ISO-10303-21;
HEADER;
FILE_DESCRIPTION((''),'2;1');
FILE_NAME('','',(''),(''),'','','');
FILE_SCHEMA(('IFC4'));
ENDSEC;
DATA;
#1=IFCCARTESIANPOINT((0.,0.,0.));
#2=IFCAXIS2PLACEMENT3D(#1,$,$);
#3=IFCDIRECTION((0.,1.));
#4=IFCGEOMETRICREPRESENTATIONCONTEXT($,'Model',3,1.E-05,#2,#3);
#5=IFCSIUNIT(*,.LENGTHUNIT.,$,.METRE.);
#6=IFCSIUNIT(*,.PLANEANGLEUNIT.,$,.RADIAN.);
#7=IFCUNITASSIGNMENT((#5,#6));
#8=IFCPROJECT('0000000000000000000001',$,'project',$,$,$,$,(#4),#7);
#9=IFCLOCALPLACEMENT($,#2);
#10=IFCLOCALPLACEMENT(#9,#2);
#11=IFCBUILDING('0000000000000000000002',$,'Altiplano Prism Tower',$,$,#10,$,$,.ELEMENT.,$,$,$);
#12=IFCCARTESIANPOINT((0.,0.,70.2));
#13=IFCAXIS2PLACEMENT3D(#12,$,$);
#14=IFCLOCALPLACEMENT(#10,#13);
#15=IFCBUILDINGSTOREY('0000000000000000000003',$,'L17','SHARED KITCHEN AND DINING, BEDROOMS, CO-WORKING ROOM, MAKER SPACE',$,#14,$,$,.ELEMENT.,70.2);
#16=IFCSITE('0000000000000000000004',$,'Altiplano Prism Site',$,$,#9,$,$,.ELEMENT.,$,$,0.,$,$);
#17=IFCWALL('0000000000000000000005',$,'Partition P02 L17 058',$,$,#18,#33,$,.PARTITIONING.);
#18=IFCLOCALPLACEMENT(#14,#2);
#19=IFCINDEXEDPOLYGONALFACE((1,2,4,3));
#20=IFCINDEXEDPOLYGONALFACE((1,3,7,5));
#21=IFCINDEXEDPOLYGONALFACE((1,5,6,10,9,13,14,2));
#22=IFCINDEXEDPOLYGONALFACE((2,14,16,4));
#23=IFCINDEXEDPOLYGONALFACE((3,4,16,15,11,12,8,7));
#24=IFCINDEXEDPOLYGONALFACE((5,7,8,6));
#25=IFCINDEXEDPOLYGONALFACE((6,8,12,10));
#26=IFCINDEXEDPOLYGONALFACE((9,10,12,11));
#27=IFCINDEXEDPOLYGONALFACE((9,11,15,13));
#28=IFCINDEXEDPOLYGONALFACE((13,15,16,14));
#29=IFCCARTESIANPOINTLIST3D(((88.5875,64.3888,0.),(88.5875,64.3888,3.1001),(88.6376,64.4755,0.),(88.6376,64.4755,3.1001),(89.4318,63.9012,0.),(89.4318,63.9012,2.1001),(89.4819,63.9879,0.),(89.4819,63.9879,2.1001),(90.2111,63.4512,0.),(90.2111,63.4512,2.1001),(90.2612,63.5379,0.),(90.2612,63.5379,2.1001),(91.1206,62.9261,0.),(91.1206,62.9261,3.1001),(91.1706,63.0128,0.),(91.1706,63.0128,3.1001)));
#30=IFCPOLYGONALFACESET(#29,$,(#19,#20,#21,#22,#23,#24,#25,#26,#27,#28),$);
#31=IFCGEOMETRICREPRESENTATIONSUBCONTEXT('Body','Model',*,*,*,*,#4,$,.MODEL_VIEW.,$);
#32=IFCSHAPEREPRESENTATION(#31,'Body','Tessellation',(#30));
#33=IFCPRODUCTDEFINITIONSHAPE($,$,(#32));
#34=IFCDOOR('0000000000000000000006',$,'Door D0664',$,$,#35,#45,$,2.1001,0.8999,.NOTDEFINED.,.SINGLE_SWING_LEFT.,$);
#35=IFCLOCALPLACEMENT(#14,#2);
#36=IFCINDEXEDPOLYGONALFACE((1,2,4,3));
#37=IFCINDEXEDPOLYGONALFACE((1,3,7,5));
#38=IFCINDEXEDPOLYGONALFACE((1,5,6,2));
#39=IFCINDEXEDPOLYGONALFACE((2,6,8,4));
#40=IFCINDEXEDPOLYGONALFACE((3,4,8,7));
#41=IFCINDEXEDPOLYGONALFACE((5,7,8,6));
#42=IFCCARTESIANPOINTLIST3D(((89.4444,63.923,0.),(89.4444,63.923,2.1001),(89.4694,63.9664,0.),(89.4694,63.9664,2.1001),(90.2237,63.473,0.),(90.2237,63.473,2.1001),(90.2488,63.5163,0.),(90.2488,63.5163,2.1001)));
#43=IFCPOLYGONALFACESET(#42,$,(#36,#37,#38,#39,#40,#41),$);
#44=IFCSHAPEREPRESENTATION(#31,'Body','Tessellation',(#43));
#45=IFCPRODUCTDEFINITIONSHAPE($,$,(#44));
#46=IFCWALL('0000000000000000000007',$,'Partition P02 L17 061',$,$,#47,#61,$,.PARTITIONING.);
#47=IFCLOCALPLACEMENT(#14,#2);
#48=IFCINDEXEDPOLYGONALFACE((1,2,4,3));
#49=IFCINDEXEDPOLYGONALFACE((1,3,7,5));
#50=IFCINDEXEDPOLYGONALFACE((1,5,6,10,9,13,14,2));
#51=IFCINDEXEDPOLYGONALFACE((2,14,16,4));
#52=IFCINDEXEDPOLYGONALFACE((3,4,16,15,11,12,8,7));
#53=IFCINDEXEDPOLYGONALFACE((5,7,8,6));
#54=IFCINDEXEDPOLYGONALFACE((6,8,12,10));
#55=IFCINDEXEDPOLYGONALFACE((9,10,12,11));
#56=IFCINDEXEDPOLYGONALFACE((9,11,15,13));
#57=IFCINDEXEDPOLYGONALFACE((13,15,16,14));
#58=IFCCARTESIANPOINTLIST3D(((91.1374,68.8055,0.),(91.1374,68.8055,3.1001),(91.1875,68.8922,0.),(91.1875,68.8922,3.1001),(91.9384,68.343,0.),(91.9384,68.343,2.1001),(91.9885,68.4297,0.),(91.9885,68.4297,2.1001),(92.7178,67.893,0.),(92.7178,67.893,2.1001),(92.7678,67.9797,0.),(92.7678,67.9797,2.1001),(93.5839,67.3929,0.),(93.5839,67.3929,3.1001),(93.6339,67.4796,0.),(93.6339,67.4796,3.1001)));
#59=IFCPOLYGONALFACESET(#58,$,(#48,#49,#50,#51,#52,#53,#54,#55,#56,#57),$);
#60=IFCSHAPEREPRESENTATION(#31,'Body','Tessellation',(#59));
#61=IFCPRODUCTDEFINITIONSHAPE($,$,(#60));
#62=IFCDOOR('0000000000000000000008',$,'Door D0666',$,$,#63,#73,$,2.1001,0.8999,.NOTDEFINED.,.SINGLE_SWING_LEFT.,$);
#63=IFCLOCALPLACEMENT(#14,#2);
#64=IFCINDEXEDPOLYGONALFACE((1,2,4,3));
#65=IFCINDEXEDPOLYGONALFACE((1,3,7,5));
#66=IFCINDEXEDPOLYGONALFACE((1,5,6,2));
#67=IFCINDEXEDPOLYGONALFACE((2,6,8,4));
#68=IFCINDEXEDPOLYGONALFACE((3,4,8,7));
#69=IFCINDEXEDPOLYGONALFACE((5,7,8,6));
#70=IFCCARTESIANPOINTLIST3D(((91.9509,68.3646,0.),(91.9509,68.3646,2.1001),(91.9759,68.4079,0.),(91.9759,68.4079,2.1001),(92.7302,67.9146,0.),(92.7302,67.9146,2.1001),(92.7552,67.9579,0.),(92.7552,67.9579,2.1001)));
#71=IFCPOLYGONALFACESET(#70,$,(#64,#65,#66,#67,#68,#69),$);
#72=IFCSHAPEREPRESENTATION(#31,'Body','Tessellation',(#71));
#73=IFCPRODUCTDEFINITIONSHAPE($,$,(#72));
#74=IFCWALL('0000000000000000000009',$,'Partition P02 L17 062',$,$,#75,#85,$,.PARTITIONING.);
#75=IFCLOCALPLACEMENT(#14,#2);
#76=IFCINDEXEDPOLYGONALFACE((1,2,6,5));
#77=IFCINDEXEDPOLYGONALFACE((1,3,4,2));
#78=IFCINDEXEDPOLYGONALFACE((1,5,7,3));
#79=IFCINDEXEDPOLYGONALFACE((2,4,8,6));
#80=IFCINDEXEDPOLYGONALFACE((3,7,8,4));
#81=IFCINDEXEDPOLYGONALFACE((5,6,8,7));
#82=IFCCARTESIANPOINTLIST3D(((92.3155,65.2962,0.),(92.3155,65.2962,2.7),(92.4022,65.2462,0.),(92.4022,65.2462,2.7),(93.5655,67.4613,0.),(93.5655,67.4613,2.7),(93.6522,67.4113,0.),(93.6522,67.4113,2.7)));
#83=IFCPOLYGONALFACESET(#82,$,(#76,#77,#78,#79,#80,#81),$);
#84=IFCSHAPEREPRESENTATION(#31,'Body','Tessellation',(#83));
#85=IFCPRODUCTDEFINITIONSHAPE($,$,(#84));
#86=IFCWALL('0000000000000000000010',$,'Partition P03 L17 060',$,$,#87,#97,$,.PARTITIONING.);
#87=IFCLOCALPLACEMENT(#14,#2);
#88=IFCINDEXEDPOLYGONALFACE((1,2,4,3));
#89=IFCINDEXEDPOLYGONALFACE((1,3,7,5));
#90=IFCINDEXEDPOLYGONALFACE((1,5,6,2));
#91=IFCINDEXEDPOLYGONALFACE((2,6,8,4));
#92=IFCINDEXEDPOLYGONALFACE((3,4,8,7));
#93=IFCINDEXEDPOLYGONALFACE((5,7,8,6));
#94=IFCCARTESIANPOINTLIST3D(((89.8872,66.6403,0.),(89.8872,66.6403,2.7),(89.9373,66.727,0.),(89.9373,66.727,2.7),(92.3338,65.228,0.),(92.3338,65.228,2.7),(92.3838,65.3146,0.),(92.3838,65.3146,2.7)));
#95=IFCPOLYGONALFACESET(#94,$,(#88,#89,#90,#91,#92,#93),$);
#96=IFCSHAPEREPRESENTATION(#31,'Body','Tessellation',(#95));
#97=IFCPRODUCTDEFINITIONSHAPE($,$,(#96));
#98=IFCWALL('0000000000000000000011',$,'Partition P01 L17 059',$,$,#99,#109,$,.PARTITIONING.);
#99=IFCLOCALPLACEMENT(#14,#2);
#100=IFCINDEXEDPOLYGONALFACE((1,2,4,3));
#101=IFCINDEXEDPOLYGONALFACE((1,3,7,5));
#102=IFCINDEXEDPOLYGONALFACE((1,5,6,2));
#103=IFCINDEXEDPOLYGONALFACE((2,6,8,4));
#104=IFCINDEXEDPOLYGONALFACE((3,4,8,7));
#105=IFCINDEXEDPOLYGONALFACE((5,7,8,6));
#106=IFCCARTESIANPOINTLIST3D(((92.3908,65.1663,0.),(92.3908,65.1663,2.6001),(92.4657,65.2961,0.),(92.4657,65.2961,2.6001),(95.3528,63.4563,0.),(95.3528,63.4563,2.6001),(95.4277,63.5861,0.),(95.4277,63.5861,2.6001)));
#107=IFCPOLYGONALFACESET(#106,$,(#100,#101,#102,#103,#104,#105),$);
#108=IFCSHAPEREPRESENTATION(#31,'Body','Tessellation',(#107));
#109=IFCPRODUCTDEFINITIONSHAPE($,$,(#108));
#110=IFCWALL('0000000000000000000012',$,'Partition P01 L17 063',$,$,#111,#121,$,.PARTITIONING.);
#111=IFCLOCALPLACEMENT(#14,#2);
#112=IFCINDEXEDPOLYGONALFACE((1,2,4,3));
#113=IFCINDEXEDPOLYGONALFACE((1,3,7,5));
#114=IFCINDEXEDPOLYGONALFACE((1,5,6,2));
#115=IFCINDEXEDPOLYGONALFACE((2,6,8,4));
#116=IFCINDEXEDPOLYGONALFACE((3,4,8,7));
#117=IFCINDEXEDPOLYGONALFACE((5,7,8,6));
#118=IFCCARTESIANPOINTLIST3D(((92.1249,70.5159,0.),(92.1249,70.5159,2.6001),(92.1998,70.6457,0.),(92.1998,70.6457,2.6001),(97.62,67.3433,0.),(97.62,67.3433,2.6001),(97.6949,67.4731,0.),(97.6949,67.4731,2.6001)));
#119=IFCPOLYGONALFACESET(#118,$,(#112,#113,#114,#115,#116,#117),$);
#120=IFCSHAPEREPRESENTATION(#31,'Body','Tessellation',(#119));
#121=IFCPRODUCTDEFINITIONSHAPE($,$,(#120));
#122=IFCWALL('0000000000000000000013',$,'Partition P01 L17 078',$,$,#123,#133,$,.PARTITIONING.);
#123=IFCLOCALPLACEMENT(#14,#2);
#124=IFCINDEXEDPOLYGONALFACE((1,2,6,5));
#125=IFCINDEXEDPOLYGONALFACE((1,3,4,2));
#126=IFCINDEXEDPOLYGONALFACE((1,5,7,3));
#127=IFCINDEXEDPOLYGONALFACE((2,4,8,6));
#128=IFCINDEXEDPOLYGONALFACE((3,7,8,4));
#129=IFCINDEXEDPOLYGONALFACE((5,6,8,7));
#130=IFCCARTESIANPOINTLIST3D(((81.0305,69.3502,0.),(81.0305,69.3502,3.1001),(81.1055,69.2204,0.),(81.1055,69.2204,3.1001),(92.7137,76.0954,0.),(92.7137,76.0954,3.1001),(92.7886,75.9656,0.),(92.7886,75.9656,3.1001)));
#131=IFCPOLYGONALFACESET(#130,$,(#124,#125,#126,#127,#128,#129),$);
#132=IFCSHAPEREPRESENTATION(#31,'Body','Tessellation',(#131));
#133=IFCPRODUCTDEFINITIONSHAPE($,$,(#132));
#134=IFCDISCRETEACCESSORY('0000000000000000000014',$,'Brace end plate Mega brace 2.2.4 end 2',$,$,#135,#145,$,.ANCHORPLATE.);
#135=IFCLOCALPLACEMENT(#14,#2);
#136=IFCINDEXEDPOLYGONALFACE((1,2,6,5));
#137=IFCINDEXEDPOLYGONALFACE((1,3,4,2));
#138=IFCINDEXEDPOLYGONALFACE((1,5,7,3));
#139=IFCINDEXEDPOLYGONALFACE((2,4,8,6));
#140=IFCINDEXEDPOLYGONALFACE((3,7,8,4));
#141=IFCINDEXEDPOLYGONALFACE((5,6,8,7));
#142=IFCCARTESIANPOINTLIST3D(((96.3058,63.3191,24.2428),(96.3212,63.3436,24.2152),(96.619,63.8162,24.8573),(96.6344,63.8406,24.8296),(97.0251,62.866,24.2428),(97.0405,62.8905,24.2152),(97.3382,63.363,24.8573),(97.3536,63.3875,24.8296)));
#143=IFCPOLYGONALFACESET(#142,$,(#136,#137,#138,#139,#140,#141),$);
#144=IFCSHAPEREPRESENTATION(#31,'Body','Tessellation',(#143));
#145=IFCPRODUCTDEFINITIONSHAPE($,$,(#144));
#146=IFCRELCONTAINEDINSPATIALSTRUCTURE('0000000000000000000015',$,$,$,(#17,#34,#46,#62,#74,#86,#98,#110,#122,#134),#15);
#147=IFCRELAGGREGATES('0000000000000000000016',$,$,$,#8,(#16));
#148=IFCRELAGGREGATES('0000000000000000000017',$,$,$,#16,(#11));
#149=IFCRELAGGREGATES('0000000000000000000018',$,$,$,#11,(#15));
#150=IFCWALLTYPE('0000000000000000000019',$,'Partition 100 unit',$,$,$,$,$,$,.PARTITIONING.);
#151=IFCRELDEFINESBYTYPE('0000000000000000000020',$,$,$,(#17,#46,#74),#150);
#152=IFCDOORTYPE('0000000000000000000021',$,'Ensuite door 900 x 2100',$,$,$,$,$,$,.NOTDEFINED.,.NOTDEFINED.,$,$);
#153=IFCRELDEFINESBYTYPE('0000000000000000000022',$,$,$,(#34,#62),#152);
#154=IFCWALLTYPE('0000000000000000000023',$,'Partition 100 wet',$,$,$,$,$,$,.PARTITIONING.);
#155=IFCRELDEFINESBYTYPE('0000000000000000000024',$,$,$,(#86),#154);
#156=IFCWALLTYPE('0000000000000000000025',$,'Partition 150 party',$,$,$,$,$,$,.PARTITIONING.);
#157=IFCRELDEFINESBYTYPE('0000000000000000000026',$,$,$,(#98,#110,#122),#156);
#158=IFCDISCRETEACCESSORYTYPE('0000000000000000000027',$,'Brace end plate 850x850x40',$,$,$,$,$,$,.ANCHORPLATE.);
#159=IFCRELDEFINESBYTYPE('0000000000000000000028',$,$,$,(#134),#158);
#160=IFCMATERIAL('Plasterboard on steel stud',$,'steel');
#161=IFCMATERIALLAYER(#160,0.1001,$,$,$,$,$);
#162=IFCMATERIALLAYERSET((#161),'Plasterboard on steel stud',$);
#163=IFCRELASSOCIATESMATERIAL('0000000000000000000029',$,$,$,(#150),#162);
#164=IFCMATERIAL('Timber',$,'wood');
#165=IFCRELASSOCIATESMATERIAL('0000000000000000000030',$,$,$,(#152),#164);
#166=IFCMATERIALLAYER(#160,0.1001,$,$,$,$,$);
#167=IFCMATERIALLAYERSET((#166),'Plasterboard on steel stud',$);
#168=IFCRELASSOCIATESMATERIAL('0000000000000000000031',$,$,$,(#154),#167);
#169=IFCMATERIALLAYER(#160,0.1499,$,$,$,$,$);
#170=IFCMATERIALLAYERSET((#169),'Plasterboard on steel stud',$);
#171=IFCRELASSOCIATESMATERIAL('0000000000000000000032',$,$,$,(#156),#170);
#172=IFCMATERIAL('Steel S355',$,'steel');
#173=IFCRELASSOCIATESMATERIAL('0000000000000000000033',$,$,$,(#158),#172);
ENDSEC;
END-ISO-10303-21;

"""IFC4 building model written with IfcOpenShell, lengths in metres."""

from ifc_helpers import new_model, si_unit, direction, frame, frame_2d, origin, origin_2d, place, context, subcontext, project, spatial, rectangle, extrude, material, layer, layer_set, material_profile, profile_set, type_object, element, fill, save


model = new_model("IFC4")

# Units and contexts
model_context = context("Model", 3, precision=1e-05, world=origin(), true_north=direction((0.0, 1.0)))
body_context = subcontext(model_context, "Body", "Model", "MODEL_VIEW")
ifc_project = project(units=[si_unit("LENGTHUNIT", "METRE"), si_unit("PLANEANGLEUNIT", "RADIAN")], contexts=[model_context])

# Site, building, storey
site_placement = place(None, origin())
site = spatial("IfcSite", under=ifc_project, at=site_placement, Name="Altiplano Prism Site", CompositionType="ELEMENT", RefElevation=0.0)
building_placement = place(site_placement, origin())
building = spatial("IfcBuilding", under=site, at=building_placement, Name="Altiplano Prism Tower", CompositionType="ELEMENT")
storey_placement = place(building_placement, frame((0.0, 0.0, 70.2)))
storey = spatial("IfcBuildingStorey", under=building, at=storey_placement, Name="L17", Description="SHARED KITCHEN AND DINING, BEDROOMS, CO-WORKING ROOM, MAKER SPACE", CompositionType="ELEMENT", Elevation=70.2)

# Shared definitions
ifc_material_1 = material(Name="Plasterboard on steel stud", Category="steel")
ifc_layer_1 = layer(ifc_material_1, 0.1001)
ifc_layer_set_1 = layer_set([ifc_layer_1], Name="Plasterboard on steel stud")
wall_type_1 = type_object("IfcWallType", Name="Partition 100 unit", PredefinedType="PARTITIONING", material=ifc_layer_set_1)

# Walls, openings, doors
wall_1_placement = place(storey_placement, frame((91.1455, 62.9695, 0.0), z_axis=(0.0, 0.0, 1.0), x_axis=(-0.86599, 0.500062, 0.0)))
wall_1 = element("IfcWall", 1, at=wall_1_placement, inside=storey, type_object=wall_type_1, Name="Partition P02 L17 058", PredefinedType="PARTITIONING", context=body_context, shape_type="SweptSolid", body=[
    extrude(rectangle(XDim=2.925, YDim=0.1001, at=frame_2d((1.4624, 0.0))), origin(), (0.0, 0.0, 1.0), 3.1001),
])
opening_1_placement = place(wall_1_placement, frame((1.05, 0.0, 0.0)))
opening_1 = element("IfcOpeningElement", 2, at=opening_1_placement, cuts=wall_1, PredefinedType="OPENING", context=body_context, shape_type="SweptSolid", body=[
    extrude(rectangle(XDim=0.8999, YDim=2.1001, at=frame_2d((0.45, 1.05))), frame((0.0, 0.0605, 0.0), z_axis=(0.0, -1.0, 0.0), x_axis=(1.0, 0.0, 0.0)), (0.0, 0.0, 1.0), 0.1211),
])
ifc_material_2 = material(Name="Timber", Category="wood")
door_type = type_object("IfcDoorType", Name="Ensuite door 900 x 2100", OperationType="NOTDEFINED", PredefinedType="NOTDEFINED", material=ifc_material_2)
door_1_placement = place(opening_1_placement, origin())
door_1 = element("IfcDoor", 3, at=door_1_placement, inside=storey, type_object=door_type, Name="Door D0664", OperationType="SINGLE_SWING_LEFT", OverallHeight=2.1001, OverallWidth=0.8999, PredefinedType="NOTDEFINED", context=body_context, shape_type="SweptSolid", body=[
    extrude(rectangle(XDim=0.8999, YDim=2.1001, at=frame_2d((0.45, 1.05))), frame((0.0, 0.0249, 0.0), z_axis=(0.0, -1.0, 0.0), x_axis=(1.0, 0.0, 0.0)), (0.0, 0.0, 1.0), 0.05),
])
fill(opening_1, door_1)
wall_2_placement = place(storey_placement, frame((91.1624, 68.8489, 0.0), z_axis=(0.0, 0.0, 1.0), x_axis=(0.866011, -0.500024, 0.0)))
wall_2 = element("IfcWall", 4, at=wall_2_placement, inside=storey, type_object=wall_type_1, Name="Partition P02 L17 061", PredefinedType="PARTITIONING", context=body_context, shape_type="SweptSolid", body=[
    extrude(rectangle(XDim=2.825, YDim=0.1001, at=frame_2d((1.4126, 0.0))), origin(), (0.0, 0.0, 1.0), 3.1001),
])
opening_2_placement = place(wall_2_placement, frame((0.925, 0.0, 0.0)))
opening_2 = element("IfcOpeningElement", 5, at=opening_2_placement, cuts=wall_2, PredefinedType="OPENING", context=body_context, shape_type="SweptSolid", body=[
    extrude(rectangle(XDim=0.8999, YDim=2.1001, at=frame_2d((0.45, 1.05))), frame((0.0, 0.0605, 0.0), z_axis=(0.0, -1.0, 0.0), x_axis=(1.0, 0.0, 0.0)), (0.0, 0.0, 1.0), 0.1211),
])
door_2_placement = place(opening_2_placement, origin())
door_2 = element("IfcDoor", 6, at=door_2_placement, inside=storey, type_object=door_type, Name="Door D0666", OperationType="SINGLE_SWING_LEFT", OverallHeight=2.1001, OverallWidth=0.8999, PredefinedType="NOTDEFINED", context=body_context, shape_type="SweptSolid", body=[
    extrude(rectangle(XDim=0.8999, YDim=2.1001, at=frame_2d((0.45, 1.05))), frame((0.0, 0.0249, 0.0), z_axis=(0.0, -1.0, 0.0), x_axis=(1.0, 0.0, 0.0)), (0.0, 0.0, 1.0), 0.05),
])
fill(opening_2, door_2)

# Walls
wall_3_placement = place(storey_placement, frame((93.6089, 67.4363, 0.0), z_axis=(0.0, 0.0, 1.0), x_axis=(-0.500004, -0.866023, 0.0)))
element("IfcWall", 7, at=wall_3_placement, inside=storey, type_object=wall_type_1, Name="Partition P02 L17 062", PredefinedType="PARTITIONING", context=body_context, shape_type="SweptSolid", body=[
    extrude(rectangle(XDim=2.5, YDim=0.1001, at=frame_2d((1.25, 0.0))), origin(), (0.0, 0.0, 1.0), 2.7),
])
ifc_layer_2 = layer(ifc_material_1, 0.1001)
ifc_layer_set_2 = layer_set([ifc_layer_2], Name="Plasterboard on steel stud")
wall_type_2 = type_object("IfcWallType", Name="Partition 100 wet", PredefinedType="PARTITIONING", material=ifc_layer_set_2)
wall_4_placement = place(storey_placement, frame((92.3589, 65.2712, 0.0), z_axis=(0.0, 0.0, 1.0), x_axis=(-0.866049, 0.499959, 0.0)))
element("IfcWall", 8, at=wall_4_placement, inside=storey, type_object=wall_type_2, Name="Partition P03 L17 060", PredefinedType="PARTITIONING", context=body_context, shape_type="SweptSolid", body=[
    extrude(rectangle(XDim=2.825, YDim=0.1001, at=frame_2d((1.4126, 0.0))), origin(), (0.0, 0.0, 1.0), 2.7),
])
ifc_layer_3 = layer(ifc_material_1, 0.1499)
ifc_layer_set_3 = layer_set([ifc_layer_3], Name="Plasterboard on steel stud")
wall_type_3 = type_object("IfcWallType", Name="Partition 150 party", PredefinedType="PARTITIONING", material=ifc_layer_set_3)
wall_5_placement = place(storey_placement, frame((95.3901, 63.5212, 0.0), z_axis=(0.0, 0.0, 1.0), x_axis=(-0.866038, 0.499978, 0.0)))
element("IfcWall", 9, at=wall_5_placement, inside=storey, type_object=wall_type_3, Name="Partition P01 L17 059", PredefinedType="PARTITIONING", context=body_context, shape_type="SweptSolid", body=[
    extrude(rectangle(XDim=3.4202, YDim=0.1499, at=frame_2d((1.71, 0.0))), origin(), (0.0, 0.0, 1.0), 2.6001),
])
wall_6_placement = place(storey_placement, frame((97.6575, 67.4082, 0.0), z_axis=(0.0, 0.0, 1.0), x_axis=(-0.866025, 0.5, 0.0)))
element("IfcWall", 10, at=wall_6_placement, inside=storey, type_object=wall_type_3, Name="Partition P01 L17 063", PredefinedType="PARTITIONING", context=body_context, shape_type="SweptSolid", body=[
    extrude(rectangle(XDim=6.3452, YDim=0.1499, at=frame_2d((3.1726, 0.0))), origin(), (0.0, 0.0, 1.0), 2.6001),
])
wall_7_placement = place(storey_placement, frame((81.0681, 69.2854, 0.0), z_axis=(0.0, 0.0, 1.0), x_axis=(0.866029, 0.499993, 0.0)))
element("IfcWall", 11, at=wall_7_placement, inside=storey, type_object=wall_type_3, Name="Partition P01 L17 078", PredefinedType="PARTITIONING", context=body_context, shape_type="SweptSolid", body=[
    extrude(rectangle(XDim=13.4905, YDim=0.1499, at=frame_2d((6.7451, 0.0))), origin(), (0.0, 0.0, 1.0), 3.1001),
])

# Discrete accessory
ifc_material_3 = material(Name="Steel S355", Category="steel")
ifc_material_profile_1 = material_profile(ifc_material_3, rectangle(XDim=0.8501, YDim=0.8501, at=origin_2d()), Name="Brace end plate 850x850x40")
ifc_profile_set_1 = profile_set([ifc_material_profile_1], Name="Steel S355")
discrete_accessory_type = type_object("IfcDiscreteAccessoryType", Name="Brace end plate 850x850x40", PredefinedType="ANCHORPLATE", material=ifc_profile_set_1)
discrete_accessory_placement = place(storey_placement, frame((96.822, 63.3411, 24.55), z_axis=(0.38528, 0.611555, -0.691057), x_axis=(-0.846092, 0.533038, 0.0)))
element("IfcDiscreteAccessory", 12, at=discrete_accessory_placement, inside=storey, type_object=discrete_accessory_type, Name="Brace end plate Mega brace 2.2.4 end 2", PredefinedType="ANCHORPLATE", context=body_context, shape_type="SweptSolid", body=[
    extrude(rectangle(XDim=0.8501, YDim=0.8501, at=origin_2d()), origin(), (0.0, 0.0, 1.0), 0.04),
])

save(model, "model.ifc")
